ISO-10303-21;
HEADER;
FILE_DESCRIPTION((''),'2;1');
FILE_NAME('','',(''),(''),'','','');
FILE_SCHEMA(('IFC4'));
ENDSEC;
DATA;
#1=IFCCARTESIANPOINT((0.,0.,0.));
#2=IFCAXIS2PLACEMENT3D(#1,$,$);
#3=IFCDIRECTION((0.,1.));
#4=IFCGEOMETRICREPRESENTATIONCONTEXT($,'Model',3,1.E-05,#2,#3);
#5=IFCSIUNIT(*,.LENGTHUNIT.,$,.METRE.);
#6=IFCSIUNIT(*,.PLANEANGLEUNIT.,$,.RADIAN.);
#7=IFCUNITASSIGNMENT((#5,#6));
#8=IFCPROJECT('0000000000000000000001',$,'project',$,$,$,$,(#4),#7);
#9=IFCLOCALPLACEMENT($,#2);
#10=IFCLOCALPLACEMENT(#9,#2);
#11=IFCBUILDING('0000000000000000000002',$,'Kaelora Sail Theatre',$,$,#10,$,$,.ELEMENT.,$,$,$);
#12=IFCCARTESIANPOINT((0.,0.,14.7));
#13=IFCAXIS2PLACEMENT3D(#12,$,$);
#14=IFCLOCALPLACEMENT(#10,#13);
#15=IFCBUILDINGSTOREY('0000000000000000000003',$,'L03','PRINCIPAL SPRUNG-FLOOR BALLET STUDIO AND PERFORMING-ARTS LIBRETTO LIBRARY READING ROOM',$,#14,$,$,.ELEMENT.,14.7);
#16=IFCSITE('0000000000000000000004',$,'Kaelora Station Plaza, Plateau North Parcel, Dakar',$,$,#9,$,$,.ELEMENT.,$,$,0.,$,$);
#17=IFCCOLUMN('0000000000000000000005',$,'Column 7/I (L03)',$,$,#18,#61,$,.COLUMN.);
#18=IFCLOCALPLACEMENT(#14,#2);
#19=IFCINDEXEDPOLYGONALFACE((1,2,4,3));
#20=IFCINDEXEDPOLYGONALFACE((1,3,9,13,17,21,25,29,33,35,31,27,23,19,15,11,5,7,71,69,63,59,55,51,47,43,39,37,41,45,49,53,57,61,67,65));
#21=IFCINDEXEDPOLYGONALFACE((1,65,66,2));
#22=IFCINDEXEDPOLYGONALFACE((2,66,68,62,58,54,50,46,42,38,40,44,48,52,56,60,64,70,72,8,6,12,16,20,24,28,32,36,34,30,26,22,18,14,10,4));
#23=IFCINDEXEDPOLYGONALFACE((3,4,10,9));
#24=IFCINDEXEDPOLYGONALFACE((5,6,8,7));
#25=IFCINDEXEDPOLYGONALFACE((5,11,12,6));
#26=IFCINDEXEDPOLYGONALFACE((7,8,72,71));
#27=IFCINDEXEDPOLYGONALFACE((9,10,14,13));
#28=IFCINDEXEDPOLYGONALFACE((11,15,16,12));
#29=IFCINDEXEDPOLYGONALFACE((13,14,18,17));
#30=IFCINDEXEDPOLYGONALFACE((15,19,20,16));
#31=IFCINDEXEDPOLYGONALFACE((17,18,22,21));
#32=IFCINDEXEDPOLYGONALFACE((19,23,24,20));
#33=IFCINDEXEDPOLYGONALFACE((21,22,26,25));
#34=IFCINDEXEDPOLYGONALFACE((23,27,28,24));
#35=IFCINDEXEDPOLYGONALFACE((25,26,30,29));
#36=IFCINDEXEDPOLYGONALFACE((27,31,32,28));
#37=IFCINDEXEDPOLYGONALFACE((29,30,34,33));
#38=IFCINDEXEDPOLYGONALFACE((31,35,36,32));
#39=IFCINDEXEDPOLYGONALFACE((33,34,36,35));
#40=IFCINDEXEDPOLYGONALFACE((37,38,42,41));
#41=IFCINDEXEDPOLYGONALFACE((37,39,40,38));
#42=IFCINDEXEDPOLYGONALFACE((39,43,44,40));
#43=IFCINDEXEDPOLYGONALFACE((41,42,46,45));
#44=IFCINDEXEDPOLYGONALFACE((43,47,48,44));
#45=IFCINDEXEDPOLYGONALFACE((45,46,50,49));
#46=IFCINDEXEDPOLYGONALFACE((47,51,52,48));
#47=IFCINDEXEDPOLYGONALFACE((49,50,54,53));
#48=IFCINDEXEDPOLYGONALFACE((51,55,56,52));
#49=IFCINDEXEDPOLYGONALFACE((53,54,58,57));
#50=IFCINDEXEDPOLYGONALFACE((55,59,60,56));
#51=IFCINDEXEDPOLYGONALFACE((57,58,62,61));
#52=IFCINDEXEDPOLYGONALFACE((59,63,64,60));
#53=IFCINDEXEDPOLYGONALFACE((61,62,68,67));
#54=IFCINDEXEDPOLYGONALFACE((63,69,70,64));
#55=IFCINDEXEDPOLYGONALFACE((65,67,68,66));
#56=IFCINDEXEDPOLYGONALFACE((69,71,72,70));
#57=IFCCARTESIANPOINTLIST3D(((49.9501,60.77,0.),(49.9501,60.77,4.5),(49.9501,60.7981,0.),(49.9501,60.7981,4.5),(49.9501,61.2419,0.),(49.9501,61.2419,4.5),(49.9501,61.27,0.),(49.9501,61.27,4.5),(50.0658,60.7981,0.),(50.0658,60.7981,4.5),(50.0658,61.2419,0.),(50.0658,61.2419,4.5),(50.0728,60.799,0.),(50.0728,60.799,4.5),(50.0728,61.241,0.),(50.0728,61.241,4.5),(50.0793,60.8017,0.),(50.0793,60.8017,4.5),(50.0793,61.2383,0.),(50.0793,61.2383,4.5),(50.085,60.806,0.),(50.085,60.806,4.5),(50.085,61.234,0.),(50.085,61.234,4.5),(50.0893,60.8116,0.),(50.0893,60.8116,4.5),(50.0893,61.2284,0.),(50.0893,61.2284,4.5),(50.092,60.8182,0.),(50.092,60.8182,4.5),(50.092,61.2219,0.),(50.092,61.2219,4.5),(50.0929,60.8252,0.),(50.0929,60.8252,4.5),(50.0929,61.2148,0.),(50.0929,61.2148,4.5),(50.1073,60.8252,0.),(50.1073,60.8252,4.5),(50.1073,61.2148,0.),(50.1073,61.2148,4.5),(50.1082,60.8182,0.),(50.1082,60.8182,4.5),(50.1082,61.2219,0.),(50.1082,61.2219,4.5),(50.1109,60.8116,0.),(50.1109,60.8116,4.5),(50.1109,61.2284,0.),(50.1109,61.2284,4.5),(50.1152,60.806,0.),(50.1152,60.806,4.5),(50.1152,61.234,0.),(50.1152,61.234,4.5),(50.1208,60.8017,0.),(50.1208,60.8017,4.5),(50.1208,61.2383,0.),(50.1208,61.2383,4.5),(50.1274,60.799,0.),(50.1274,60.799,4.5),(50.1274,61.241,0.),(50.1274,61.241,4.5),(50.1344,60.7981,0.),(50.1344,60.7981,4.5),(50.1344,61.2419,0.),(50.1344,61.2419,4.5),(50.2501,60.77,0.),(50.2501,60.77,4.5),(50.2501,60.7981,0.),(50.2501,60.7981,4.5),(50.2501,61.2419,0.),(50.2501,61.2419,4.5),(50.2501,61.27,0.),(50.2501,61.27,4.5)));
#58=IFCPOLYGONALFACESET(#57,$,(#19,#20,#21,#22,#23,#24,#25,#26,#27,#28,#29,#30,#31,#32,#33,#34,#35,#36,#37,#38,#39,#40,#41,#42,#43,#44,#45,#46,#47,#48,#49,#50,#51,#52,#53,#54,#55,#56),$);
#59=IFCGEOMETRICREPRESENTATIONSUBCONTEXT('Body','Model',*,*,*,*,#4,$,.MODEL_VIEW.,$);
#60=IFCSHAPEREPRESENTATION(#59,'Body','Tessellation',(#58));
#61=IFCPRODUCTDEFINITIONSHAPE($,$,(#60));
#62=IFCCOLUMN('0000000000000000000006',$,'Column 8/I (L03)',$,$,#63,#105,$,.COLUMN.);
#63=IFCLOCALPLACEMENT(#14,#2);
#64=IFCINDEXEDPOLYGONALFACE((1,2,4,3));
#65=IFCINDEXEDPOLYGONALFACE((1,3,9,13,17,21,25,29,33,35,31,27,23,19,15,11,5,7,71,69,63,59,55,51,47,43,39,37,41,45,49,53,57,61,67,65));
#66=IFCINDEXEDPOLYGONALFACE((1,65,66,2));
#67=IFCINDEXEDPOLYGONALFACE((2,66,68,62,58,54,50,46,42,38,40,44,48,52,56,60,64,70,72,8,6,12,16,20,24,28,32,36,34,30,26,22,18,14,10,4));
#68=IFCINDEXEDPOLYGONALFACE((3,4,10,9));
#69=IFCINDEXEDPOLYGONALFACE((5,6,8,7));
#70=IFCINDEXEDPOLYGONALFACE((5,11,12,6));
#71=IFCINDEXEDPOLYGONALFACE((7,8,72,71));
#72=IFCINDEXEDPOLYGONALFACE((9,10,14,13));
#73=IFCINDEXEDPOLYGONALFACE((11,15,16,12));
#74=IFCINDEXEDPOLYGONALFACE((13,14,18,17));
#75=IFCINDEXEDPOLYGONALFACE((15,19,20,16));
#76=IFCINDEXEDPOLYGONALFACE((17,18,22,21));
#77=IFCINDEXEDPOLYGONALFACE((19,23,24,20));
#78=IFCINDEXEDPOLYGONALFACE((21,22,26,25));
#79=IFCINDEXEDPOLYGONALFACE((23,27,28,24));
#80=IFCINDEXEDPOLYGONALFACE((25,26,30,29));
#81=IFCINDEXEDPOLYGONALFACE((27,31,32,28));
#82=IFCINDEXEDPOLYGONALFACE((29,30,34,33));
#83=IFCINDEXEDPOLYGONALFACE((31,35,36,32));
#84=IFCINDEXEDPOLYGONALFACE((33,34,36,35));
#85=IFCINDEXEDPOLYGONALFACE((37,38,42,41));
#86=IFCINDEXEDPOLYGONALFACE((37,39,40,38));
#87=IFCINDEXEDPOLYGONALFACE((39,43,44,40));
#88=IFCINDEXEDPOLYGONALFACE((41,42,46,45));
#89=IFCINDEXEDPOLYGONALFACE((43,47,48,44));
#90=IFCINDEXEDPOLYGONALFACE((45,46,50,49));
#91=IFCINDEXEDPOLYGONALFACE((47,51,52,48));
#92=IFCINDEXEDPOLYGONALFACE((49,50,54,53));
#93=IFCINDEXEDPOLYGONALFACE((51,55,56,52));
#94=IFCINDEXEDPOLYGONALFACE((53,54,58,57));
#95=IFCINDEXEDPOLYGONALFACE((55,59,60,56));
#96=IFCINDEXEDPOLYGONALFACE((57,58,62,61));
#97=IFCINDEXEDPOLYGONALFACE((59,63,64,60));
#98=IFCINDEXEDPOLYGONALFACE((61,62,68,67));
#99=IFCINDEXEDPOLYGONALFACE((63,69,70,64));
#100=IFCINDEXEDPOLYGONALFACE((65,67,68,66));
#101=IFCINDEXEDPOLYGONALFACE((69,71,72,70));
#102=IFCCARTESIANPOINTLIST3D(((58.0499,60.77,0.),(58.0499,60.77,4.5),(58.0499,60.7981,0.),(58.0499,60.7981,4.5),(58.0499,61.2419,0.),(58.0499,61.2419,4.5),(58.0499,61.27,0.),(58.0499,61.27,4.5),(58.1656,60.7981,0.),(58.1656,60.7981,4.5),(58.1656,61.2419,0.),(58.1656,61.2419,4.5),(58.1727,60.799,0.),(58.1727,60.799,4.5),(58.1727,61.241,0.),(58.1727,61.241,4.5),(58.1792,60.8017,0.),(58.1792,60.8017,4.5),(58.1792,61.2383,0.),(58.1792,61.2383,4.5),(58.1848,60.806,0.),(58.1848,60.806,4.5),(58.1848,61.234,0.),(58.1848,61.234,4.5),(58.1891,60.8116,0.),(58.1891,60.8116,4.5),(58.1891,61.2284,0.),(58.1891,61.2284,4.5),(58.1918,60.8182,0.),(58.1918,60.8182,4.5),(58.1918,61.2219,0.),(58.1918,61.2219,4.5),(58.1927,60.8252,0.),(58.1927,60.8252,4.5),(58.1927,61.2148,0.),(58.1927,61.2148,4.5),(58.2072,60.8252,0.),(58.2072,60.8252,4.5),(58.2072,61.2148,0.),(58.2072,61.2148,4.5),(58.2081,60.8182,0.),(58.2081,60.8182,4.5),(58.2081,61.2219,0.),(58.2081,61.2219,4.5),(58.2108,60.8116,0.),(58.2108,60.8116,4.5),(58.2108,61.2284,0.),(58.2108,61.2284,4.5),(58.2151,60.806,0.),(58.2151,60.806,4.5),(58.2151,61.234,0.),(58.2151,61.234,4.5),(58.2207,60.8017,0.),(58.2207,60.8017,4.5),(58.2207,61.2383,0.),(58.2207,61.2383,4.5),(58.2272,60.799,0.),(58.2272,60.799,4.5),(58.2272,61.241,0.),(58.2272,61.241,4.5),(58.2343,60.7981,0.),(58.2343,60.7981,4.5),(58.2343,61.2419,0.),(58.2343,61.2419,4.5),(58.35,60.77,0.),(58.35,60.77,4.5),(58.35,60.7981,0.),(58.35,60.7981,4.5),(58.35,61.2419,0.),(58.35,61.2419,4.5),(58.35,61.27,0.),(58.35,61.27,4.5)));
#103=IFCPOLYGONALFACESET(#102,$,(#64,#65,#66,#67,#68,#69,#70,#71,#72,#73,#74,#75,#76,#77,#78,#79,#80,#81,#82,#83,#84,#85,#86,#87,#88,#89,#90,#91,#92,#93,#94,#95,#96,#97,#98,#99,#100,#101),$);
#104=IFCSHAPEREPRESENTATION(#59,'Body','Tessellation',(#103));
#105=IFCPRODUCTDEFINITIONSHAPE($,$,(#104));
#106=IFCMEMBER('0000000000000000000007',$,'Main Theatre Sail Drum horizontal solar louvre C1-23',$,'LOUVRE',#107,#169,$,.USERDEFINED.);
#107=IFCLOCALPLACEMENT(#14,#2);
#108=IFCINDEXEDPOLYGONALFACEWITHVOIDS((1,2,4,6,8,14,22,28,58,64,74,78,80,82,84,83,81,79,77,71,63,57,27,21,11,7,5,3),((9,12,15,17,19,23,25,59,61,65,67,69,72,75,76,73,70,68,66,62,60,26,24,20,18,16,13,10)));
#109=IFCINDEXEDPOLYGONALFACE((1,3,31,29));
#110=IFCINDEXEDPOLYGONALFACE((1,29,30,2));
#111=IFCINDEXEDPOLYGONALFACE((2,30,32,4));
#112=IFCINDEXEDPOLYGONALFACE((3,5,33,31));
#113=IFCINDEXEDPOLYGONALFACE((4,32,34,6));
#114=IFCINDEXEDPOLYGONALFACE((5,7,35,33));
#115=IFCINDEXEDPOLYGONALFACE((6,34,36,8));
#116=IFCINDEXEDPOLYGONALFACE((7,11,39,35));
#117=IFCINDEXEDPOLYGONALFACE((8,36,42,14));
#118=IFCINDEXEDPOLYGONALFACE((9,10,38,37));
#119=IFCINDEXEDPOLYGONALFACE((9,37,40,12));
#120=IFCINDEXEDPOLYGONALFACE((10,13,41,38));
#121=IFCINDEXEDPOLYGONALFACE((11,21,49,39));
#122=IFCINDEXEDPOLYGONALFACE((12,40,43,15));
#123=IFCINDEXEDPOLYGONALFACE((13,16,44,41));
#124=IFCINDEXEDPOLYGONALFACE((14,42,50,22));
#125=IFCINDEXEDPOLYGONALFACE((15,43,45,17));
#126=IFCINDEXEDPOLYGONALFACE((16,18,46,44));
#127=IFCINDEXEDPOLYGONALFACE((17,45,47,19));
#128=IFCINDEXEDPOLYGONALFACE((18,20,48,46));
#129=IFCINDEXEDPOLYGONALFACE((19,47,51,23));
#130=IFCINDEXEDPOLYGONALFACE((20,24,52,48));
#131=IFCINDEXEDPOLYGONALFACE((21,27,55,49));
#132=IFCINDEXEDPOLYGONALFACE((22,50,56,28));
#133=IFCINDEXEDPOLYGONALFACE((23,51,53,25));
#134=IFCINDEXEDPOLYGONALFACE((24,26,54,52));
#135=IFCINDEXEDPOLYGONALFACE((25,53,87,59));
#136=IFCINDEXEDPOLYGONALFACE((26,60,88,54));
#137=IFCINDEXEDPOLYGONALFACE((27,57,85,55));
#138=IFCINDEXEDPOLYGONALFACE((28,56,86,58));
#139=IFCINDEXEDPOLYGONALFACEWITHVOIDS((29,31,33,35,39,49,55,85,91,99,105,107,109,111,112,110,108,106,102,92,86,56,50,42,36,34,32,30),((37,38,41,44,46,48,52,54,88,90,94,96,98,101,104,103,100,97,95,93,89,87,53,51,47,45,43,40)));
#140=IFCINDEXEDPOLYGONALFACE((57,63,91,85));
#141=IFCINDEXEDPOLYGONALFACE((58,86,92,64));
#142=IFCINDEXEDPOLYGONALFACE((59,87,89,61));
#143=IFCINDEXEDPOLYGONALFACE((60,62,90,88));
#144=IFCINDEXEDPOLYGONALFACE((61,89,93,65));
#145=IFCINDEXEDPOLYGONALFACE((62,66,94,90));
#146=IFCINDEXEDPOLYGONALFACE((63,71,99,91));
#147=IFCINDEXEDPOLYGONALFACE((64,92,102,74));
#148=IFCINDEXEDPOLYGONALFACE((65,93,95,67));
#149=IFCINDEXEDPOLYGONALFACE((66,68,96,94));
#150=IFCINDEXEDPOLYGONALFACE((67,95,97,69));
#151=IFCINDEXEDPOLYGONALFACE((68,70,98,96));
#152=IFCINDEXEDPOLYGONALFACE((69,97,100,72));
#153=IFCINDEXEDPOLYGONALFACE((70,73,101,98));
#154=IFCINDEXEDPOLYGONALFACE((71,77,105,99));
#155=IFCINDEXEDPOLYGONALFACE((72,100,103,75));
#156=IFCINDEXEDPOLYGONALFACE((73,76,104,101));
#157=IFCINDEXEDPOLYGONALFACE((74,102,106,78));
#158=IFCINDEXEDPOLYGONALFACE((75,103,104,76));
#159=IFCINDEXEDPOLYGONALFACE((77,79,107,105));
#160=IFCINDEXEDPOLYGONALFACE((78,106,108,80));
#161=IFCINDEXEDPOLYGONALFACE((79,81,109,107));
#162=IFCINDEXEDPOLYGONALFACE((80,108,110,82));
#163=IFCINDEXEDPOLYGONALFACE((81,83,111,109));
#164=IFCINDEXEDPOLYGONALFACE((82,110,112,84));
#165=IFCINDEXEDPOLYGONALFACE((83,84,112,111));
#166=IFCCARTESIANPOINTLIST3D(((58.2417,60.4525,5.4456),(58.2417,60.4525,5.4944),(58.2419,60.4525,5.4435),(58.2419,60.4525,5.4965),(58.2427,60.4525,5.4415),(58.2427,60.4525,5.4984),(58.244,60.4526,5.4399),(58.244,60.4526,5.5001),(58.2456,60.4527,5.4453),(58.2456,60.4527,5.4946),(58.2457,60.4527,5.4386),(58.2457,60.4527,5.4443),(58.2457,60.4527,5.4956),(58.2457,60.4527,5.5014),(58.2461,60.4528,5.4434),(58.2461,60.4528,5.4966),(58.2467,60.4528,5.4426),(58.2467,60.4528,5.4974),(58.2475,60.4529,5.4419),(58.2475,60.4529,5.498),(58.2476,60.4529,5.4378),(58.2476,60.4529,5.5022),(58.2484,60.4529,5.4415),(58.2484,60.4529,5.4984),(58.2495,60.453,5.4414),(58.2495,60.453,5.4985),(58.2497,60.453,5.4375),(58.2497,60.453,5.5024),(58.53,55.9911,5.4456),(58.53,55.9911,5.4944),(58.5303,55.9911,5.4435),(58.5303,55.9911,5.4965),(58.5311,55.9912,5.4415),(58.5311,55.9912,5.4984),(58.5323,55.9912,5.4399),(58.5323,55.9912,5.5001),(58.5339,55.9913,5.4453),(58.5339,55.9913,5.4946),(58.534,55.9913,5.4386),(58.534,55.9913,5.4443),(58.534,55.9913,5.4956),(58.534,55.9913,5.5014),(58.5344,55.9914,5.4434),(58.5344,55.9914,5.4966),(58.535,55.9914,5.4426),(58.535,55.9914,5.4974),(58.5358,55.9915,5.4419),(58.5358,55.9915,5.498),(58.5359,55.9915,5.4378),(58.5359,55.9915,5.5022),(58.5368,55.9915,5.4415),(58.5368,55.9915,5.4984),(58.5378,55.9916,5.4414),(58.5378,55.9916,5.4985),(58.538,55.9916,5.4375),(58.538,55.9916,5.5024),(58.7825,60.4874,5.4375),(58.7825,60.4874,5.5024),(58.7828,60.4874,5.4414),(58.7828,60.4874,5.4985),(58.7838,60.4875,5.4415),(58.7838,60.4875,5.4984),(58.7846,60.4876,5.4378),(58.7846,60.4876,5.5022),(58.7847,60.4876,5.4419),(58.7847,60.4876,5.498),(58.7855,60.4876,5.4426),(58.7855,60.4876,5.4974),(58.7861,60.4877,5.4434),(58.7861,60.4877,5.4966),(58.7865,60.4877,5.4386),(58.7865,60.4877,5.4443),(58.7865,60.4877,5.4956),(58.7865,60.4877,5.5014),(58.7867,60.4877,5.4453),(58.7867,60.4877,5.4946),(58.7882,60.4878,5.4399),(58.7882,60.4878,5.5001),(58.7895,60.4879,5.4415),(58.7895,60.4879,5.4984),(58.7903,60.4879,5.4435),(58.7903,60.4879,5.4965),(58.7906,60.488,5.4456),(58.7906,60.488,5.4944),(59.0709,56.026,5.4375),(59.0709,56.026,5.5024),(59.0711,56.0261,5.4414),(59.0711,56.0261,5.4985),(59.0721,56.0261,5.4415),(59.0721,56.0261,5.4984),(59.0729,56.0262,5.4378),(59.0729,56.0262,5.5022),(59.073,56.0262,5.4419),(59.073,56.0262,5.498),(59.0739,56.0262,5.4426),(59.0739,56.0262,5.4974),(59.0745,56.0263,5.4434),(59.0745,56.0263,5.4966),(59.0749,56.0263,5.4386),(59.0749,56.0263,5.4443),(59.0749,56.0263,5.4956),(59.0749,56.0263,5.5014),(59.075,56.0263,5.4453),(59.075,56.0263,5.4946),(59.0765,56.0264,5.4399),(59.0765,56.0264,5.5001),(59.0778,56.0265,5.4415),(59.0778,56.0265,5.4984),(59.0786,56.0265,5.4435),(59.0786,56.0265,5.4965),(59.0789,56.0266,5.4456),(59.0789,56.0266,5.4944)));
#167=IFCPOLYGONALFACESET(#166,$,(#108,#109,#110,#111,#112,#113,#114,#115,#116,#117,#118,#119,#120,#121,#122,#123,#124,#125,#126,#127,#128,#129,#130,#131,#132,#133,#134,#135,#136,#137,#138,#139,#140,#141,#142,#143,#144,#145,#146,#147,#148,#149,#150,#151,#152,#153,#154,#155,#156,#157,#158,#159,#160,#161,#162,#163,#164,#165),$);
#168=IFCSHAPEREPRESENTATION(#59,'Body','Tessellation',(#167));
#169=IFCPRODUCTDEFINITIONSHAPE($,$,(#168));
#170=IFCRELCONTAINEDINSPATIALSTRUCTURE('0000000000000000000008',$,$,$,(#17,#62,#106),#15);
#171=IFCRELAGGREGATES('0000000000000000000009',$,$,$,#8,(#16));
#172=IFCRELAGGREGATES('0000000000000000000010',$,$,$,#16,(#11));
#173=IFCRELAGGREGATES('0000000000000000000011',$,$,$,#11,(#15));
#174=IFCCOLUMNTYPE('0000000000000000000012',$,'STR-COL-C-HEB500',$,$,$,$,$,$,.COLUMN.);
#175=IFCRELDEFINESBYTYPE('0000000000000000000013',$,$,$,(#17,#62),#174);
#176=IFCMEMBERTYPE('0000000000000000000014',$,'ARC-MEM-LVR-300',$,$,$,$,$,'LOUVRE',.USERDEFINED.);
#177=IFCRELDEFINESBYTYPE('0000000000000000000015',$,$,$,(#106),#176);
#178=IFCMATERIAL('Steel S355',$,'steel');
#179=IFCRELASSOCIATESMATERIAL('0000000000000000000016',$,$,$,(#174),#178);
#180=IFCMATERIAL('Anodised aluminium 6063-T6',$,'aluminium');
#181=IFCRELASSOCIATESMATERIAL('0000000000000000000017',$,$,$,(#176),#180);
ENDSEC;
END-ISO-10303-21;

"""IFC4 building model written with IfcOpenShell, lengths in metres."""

from ifc_helpers import new_model, si_unit, direction, frame, origin, origin_2d, place, context, subcontext, project, spatial, hollow_rectangle, i_section, extrude, material, material_profile, profile_set, type_object, element, save


model = new_model("IFC4")

# Units and contexts
model_context = context("Model", 3, precision=1e-05, world=origin(), true_north=direction((0.0, 1.0)))
body_context = subcontext(model_context, "Body", "Model", "MODEL_VIEW")
ifc_project = project(units=[si_unit("LENGTHUNIT", "METRE"), si_unit("PLANEANGLEUNIT", "RADIAN")], contexts=[model_context])

# Site, building, storey
site_placement = place(None, origin())
site = spatial("IfcSite", under=ifc_project, at=site_placement, Name="Kaelora Station Plaza, Plateau North Parcel, Dakar", CompositionType="ELEMENT", RefElevation=0.0)
building_placement = place(site_placement, origin())
building = spatial("IfcBuilding", under=site, at=building_placement, Name="Kaelora Sail Theatre", CompositionType="ELEMENT")
storey_placement = place(building_placement, frame((0.0, 0.0, 14.7)))
storey = spatial("IfcBuildingStorey", under=building, at=storey_placement, Name="L03", Description="PRINCIPAL SPRUNG-FLOOR BALLET STUDIO AND PERFORMING-ARTS LIBRETTO LIBRARY READING ROOM", CompositionType="ELEMENT", Elevation=14.7)

# Columns
ifc_material_1 = material(Name="Steel S355", Category="steel")
ifc_material_profile_1 = material_profile(ifc_material_1, i_section(OverallWidth=0.3, OverallDepth=0.5, WebThickness=0.0144, FlangeThickness=0.0281, FilletRadius=0.0271, at=origin_2d()), Name="HEB 500")
ifc_profile_set_1 = profile_set([ifc_material_profile_1], Name="Steel S355")
column_type = type_object("IfcColumnType", Name="STR-COL-C-HEB500", PredefinedType="COLUMN", material=ifc_profile_set_1)
for number, where, z_axis, x_axis, name in (
    (1, (50.1001, 61.02, 0.0), (0.0, 0.0, 1.0), (1.0, 0.0, 0.0), "Column 7/I (L03)"),
    (2, (58.2, 61.02, 0.0), (0.0, 0.0, 1.0), (1.0, 0.0, 0.0), "Column 8/I (L03)"),
):
    element("IfcColumn", number, at=place(storey_placement, frame(where, z_axis=z_axis, x_axis=x_axis)), inside=storey, type_object=column_type, Name=name, PredefinedType="COLUMN", context=body_context, shape_type="SweptSolid", body=[
        extrude(i_section(OverallWidth=0.3, OverallDepth=0.5, WebThickness=0.0144, FlangeThickness=0.0281, FilletRadius=0.0271, at=origin_2d()), origin(), (0.0, 0.0, 1.0), 4.5),
    ])

# Member
ifc_material_2 = material(Name="Anodised aluminium 6063-T6", Category="aluminium")
ifc_material_profile_2 = material_profile(ifc_material_2, hollow_rectangle(XDim=0.55, YDim=0.0649, WallThickness=0.0039, InnerFilletRadius=0.0039, OuterFilletRadius=0.0081, at=origin_2d()), Name="LOUVRE 550x65x4")
ifc_profile_set_2 = profile_set([ifc_material_profile_2], Name="Anodised aluminium 6063-T6")
member_type_1 = type_object("IfcMemberType", Name="ARC-MEM-LVR-300", ElementType="LOUVRE", PredefinedType="USERDEFINED", material=ifc_profile_set_2)
for number, where, z_axis, x_axis, name in (
    (3, (58.5161, 60.4702, 5.47), (0.064493, -0.997918, 0.0), (0.997918, 0.064493, 0.0), "Main Theatre Sail Drum horizontal solar louvre C1-23"),
):
    element("IfcMember", number, at=place(storey_placement, frame(where, z_axis=z_axis, x_axis=x_axis)), inside=storey, type_object=member_type_1, Name=name, ObjectType="LOUVRE", PredefinedType="USERDEFINED", context=body_context, shape_type="SweptSolid", body=[
        extrude(hollow_rectangle(XDim=0.55, YDim=0.0649, WallThickness=0.0039, InnerFilletRadius=0.0039, OuterFilletRadius=0.0081, at=origin_2d()), origin(), (0.0, 0.0, 1.0), 4.4707),
    ])

save(model, "model.ifc")
